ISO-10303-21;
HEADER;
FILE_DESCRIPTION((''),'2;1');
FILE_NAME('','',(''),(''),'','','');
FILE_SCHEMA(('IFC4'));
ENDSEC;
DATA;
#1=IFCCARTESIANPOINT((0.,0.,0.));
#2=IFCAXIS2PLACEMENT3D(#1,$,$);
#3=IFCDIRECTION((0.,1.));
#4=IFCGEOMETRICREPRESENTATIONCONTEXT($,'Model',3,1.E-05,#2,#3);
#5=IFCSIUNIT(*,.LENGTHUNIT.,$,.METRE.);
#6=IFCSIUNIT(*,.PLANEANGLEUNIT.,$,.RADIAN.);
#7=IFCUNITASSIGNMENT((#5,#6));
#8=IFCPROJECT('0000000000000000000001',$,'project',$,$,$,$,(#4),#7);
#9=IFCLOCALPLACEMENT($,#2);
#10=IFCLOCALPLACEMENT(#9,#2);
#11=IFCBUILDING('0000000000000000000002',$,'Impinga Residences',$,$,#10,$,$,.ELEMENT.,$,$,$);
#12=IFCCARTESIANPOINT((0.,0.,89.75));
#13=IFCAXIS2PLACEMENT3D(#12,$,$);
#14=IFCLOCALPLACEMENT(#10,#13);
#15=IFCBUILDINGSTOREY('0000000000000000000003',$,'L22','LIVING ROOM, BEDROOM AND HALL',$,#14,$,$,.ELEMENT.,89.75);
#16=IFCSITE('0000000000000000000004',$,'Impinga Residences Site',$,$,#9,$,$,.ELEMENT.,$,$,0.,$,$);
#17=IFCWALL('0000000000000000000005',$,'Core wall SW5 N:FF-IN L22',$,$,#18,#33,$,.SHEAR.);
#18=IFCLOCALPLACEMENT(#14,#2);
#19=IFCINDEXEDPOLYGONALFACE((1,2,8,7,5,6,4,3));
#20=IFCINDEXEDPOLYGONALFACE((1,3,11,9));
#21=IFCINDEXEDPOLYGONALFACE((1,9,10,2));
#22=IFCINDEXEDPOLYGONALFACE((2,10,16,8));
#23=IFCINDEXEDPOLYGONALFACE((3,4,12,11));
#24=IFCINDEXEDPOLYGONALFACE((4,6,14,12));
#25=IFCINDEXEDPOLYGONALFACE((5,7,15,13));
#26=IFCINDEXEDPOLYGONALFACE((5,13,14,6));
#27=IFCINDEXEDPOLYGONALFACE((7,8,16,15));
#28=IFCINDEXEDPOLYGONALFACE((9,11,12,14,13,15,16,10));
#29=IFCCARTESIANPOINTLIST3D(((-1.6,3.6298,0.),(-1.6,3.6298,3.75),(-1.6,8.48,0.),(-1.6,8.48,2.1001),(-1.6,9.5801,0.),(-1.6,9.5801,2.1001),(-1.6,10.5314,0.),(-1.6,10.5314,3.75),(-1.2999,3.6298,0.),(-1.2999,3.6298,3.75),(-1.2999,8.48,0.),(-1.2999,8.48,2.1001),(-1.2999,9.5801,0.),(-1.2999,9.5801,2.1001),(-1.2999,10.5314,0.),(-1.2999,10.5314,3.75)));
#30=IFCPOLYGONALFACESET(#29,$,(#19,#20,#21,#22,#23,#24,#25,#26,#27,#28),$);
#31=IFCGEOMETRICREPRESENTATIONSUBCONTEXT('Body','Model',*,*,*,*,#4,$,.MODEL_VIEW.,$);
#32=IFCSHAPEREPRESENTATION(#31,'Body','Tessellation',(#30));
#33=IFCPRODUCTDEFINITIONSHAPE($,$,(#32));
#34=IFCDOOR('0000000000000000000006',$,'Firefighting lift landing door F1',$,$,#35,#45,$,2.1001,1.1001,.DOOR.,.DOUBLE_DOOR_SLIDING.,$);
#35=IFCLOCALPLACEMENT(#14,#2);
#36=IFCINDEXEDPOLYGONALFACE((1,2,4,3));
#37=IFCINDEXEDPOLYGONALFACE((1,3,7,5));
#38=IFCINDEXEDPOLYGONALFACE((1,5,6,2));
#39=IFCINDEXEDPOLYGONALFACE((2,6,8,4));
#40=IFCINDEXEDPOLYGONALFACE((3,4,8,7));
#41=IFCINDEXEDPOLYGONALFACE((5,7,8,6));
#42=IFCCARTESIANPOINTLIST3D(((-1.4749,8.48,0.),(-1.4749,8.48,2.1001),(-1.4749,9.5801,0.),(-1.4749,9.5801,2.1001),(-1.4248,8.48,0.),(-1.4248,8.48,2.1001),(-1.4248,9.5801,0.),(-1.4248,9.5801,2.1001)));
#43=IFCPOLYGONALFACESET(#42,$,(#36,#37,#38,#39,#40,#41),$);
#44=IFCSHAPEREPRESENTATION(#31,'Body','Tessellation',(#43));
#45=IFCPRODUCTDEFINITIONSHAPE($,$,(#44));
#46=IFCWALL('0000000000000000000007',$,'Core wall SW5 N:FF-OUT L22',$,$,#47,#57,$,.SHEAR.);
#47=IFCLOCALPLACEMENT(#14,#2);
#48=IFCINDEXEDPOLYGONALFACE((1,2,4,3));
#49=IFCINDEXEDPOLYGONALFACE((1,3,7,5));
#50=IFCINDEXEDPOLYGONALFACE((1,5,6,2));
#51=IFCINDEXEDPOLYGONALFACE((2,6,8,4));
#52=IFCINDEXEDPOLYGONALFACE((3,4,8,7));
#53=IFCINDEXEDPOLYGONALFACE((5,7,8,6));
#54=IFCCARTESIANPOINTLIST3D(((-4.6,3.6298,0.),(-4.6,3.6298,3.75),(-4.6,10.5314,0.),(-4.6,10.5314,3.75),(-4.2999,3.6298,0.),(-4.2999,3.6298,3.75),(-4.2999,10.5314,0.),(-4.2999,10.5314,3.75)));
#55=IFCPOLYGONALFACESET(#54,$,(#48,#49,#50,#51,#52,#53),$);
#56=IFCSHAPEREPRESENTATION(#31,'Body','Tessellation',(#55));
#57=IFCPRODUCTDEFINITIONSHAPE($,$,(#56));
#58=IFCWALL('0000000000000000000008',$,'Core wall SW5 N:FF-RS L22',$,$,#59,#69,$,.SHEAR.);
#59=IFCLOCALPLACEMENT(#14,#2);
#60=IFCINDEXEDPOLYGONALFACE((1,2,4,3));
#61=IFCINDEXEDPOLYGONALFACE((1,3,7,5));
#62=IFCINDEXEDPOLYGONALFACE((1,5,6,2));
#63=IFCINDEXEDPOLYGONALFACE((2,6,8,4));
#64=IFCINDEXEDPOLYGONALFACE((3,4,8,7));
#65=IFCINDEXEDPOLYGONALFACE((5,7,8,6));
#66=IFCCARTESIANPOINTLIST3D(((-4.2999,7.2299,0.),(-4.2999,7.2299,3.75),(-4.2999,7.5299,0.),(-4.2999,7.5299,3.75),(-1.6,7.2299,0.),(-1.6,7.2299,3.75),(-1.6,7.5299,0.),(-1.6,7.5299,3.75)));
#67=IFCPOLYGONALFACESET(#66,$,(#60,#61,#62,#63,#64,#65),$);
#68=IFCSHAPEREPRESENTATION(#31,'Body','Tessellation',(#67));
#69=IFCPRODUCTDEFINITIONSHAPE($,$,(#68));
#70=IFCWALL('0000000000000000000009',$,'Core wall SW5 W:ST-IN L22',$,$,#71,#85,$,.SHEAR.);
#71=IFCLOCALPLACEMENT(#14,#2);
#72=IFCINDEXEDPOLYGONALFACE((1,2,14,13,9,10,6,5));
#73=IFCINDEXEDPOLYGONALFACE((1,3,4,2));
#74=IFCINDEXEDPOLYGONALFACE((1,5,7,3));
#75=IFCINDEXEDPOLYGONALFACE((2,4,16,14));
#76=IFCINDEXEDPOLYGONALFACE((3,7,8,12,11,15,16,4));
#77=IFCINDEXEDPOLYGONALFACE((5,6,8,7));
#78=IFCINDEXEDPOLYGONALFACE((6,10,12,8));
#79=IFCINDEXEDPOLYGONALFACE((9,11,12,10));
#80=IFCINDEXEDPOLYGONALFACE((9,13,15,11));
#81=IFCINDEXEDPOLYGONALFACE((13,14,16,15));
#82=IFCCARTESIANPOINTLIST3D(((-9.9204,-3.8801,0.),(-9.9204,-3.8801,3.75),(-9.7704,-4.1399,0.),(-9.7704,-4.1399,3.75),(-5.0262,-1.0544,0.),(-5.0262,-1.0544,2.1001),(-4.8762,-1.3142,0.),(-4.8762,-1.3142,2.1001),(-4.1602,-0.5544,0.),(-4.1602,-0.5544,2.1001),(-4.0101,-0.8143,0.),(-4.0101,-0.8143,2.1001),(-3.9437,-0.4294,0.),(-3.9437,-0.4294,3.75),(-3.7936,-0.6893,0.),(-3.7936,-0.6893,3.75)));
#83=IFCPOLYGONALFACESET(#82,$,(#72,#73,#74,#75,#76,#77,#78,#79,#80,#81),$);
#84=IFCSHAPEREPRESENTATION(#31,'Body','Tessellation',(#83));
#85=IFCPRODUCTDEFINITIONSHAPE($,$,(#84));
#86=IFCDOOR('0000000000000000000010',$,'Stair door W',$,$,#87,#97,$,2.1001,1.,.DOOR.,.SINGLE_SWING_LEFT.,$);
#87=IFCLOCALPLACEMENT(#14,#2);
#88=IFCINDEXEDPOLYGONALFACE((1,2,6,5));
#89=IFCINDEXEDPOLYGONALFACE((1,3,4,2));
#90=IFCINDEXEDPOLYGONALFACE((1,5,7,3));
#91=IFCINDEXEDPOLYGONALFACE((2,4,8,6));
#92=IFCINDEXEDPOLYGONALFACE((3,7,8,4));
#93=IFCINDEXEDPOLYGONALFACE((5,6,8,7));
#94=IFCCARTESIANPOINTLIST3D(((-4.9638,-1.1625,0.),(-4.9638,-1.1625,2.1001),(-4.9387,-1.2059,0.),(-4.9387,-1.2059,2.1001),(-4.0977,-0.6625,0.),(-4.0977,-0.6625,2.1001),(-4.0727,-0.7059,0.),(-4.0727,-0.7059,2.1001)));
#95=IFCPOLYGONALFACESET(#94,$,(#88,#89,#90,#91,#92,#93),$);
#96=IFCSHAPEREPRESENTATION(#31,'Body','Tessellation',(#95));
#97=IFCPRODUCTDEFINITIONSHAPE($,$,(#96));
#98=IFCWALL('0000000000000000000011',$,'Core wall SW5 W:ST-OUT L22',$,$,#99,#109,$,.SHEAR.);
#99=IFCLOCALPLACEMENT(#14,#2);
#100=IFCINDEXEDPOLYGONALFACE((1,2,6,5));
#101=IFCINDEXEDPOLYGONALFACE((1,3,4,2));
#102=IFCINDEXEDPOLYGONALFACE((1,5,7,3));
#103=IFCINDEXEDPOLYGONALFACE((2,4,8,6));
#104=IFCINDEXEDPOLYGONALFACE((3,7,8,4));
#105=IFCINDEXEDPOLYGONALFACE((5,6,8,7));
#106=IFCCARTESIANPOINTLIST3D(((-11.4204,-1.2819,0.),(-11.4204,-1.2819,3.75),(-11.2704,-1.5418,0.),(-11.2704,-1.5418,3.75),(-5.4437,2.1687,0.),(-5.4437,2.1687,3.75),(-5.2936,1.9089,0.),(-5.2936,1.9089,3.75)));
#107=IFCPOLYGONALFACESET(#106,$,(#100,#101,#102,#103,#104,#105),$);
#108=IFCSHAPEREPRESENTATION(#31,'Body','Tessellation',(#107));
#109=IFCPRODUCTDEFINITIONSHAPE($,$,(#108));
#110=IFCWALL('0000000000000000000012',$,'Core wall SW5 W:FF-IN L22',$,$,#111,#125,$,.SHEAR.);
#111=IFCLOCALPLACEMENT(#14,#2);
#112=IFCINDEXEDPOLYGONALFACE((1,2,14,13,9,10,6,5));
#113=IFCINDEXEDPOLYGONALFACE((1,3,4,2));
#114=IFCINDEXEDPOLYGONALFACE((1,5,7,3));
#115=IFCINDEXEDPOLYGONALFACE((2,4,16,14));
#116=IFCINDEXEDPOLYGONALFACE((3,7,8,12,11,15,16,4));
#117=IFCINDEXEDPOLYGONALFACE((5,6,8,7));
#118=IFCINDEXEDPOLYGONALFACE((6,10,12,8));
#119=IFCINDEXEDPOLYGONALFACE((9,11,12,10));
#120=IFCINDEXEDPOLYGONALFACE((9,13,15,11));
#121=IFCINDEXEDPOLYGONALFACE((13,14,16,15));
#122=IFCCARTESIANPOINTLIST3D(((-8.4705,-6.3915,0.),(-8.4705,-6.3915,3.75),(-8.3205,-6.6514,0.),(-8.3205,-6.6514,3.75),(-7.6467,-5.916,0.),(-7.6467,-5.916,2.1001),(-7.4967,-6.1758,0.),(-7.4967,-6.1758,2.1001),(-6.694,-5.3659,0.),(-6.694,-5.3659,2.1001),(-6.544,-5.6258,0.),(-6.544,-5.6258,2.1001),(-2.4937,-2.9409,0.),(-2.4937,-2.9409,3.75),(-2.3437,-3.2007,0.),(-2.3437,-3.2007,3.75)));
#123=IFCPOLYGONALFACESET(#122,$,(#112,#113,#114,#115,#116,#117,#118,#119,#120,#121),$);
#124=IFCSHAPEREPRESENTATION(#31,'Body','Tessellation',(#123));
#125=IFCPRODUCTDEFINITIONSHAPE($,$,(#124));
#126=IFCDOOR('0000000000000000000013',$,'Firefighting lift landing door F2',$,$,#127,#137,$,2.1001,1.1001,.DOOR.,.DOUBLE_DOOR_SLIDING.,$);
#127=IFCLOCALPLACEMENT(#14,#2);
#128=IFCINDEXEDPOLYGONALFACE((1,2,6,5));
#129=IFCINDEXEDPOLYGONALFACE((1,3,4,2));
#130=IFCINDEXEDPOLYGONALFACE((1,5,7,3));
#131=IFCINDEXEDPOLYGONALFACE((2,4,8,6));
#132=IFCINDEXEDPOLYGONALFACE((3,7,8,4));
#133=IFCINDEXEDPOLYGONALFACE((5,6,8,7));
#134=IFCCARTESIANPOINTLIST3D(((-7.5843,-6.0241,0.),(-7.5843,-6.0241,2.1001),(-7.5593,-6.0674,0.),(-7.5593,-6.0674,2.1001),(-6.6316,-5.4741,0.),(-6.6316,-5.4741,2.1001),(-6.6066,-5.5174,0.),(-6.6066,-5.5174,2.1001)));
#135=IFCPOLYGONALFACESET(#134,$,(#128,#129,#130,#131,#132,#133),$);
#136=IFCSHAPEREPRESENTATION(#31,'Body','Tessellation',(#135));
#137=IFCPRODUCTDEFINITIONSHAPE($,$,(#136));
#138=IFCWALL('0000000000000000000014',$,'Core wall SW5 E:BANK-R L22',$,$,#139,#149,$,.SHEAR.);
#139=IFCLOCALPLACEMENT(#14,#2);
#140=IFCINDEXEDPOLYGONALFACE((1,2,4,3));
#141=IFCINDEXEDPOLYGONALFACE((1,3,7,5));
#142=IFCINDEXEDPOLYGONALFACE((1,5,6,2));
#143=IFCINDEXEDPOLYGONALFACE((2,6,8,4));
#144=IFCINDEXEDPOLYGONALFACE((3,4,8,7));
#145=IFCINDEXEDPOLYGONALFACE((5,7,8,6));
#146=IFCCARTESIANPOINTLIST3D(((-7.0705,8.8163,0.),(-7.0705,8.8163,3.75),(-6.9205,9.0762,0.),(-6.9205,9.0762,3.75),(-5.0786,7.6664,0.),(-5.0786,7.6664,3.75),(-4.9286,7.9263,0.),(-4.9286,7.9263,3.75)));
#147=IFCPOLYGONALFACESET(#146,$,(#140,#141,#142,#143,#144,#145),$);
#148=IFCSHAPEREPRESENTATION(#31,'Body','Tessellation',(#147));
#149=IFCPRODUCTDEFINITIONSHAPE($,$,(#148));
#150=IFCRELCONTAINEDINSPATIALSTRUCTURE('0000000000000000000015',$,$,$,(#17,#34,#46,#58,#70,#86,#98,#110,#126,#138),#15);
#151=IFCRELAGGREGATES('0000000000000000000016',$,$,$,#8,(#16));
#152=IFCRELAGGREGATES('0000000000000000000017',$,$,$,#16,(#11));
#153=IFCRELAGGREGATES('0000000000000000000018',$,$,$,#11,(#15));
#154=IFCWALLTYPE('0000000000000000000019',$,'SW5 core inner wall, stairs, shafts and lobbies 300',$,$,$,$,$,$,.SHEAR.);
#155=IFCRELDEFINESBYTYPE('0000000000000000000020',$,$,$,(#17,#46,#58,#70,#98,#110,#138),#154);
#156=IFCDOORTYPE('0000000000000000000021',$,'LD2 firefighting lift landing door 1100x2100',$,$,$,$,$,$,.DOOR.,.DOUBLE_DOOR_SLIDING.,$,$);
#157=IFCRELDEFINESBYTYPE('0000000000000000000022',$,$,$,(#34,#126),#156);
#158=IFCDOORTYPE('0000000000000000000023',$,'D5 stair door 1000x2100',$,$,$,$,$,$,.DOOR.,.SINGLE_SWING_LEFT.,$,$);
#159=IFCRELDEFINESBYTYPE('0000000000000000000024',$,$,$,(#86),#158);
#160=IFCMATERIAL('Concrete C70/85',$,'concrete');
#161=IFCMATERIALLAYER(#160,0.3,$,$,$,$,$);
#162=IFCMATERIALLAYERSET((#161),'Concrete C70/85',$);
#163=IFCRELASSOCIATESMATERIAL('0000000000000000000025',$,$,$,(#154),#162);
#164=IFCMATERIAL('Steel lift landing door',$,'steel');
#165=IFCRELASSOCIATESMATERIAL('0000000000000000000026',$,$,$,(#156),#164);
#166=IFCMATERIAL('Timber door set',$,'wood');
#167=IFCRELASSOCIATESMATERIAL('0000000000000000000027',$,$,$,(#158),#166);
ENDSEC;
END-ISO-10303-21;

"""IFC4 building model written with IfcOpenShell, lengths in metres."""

from ifc_helpers import new_model, si_unit, direction, frame, frame_2d, origin, place, context, subcontext, project, spatial, rectangle, extrude, material, layer, layer_set, type_object, element, fill, save


model = new_model("IFC4")

# Units and contexts
model_context = context("Model", 3, precision=1e-05, world=origin(), true_north=direction((0.0, 1.0)))
body_context = subcontext(model_context, "Body", "Model", "MODEL_VIEW")
ifc_project = project(units=[si_unit("LENGTHUNIT", "METRE"), si_unit("PLANEANGLEUNIT", "RADIAN")], contexts=[model_context])

# Site, building, storey
site_placement = place(None, origin())
site = spatial("IfcSite", under=ifc_project, at=site_placement, Name="Impinga Residences Site", CompositionType="ELEMENT", RefElevation=0.0)
building_placement = place(site_placement, origin())
building = spatial("IfcBuilding", under=site, at=building_placement, Name="Impinga Residences", CompositionType="ELEMENT")
storey_placement = place(building_placement, frame((0.0, 0.0, 89.75)))
storey = spatial("IfcBuildingStorey", under=building, at=storey_placement, Name="L22", Description="LIVING ROOM, BEDROOM AND HALL", CompositionType="ELEMENT", Elevation=89.75)

# Shared definitions
ifc_material_1 = material(Name="Concrete C70/85", Category="concrete")

# Shared definitions
ifc_layer_1 = layer(ifc_material_1, 0.3)
ifc_layer_set_1 = layer_set([ifc_layer_1], Name="Concrete C70/85")
wall_type_1 = type_object("IfcWallType", Name="SW5 core inner wall, stairs, shafts and lobbies 300", PredefinedType="SHEAR", material=ifc_layer_set_1)
ifc_material_2 = material(Name="Timber door set", Category="wood")

# Wall, opening, door
wall_1_placement = place(storey_placement, frame((-1.45, 3.6299, 0.0), z_axis=(0.0, 0.0, 1.0), x_axis=(0.0, 1.0, 0.0)))
wall_1 = element("IfcWall", 1, at=wall_1_placement, inside=storey, type_object=wall_type_1, Name="Core wall SW5 N:FF-IN L22", PredefinedType="SHEAR", context=body_context, shape_type="SweptSolid", body=[
    extrude(rectangle(XDim=6.9016, YDim=0.3, at=frame_2d((3.4507, 0.0))), origin(), (0.0, 0.0, 1.0), 3.75),
])
opening_1_placement = place(wall_1_placement, frame((4.8501, 0.0, 0.0)))
opening_1 = element("IfcOpeningElement", 2, at=opening_1_placement, cuts=wall_1, PredefinedType="OPENING", context=body_context, shape_type="SweptSolid", body=[
    extrude(rectangle(XDim=1.1001, YDim=2.1001, at=frame_2d((0.55, 1.05))), frame((0.0, 0.1599, 0.0), z_axis=(0.0, -1.0, 0.0), x_axis=(1.0, 0.0, 0.0)), (0.0, 0.0, 1.0), 0.3201),
])
ifc_material_3 = material(Name="Steel lift landing door", Category="steel")
door_type_1 = type_object("IfcDoorType", Name="LD2 firefighting lift landing door 1100x2100", OperationType="DOUBLE_DOOR_SLIDING", PredefinedType="DOOR", material=ifc_material_3)
door_1_placement = place(opening_1_placement, origin())
door_1 = element("IfcDoor", 3, at=door_1_placement, inside=storey, type_object=door_type_1, Name="Firefighting lift landing door F1", OperationType="DOUBLE_DOOR_SLIDING", OverallHeight=2.1001, OverallWidth=1.1001, PredefinedType="DOOR", context=body_context, shape_type="SweptSolid", body=[
    extrude(rectangle(XDim=1.1001, YDim=2.1001, at=frame_2d((0.55, 1.05))), frame((0.0, 0.0249, 0.0), z_axis=(0.0, -1.0, 0.0), x_axis=(1.0, 0.0, 0.0)), (0.0, 0.0, 1.0), 0.05),
])
fill(opening_1, door_1)

# Walls
wall_2_placement = place(storey_placement, frame((-4.45, 3.6299, 0.0), z_axis=(0.0, 0.0, 1.0), x_axis=(0.0, 1.0, 0.0)))
element("IfcWall", 4, at=wall_2_placement, inside=storey, type_object=wall_type_1, Name="Core wall SW5 N:FF-OUT L22", PredefinedType="SHEAR", context=body_context, shape_type="SweptSolid", body=[
    extrude(rectangle(XDim=6.9016, YDim=0.3, at=frame_2d((3.4507, 0.0))), origin(), (0.0, 0.0, 1.0), 3.75),
])
wall_3_placement = place(storey_placement, frame((-4.3, 7.3799, 0.0), z_axis=(0.0, 0.0, 1.0), x_axis=(1.0, 0.0, 0.0)))
element("IfcWall", 5, at=wall_3_placement, inside=storey, type_object=wall_type_1, Name="Core wall SW5 N:FF-RS L22", PredefinedType="SHEAR", context=body_context, shape_type="SweptSolid", body=[
    extrude(rectangle(XDim=2.7, YDim=0.3, at=frame_2d((1.3501, 0.0))), origin(), (0.0, 0.0, 1.0), 3.75),
])

# Wall, opening, door
wall_4_placement = place(storey_placement, frame((-3.8687, -0.5593, 0.0), z_axis=(0.0, 0.0, 1.0), x_axis=(-0.866027, -0.499997, 0.0)))
wall_4 = element("IfcWall", 6, at=wall_4_placement, inside=storey, type_object=wall_type_1, Name="Core wall SW5 W:ST-IN L22", PredefinedType="SHEAR", context=body_context, shape_type="SweptSolid", body=[
    extrude(rectangle(XDim=6.9014, YDim=0.3, at=frame_2d((3.4507, 0.0))), origin(), (0.0, 0.0, 1.0), 3.75),
])
opening_2_placement = place(wall_4_placement, frame((0.25, 0.0, 0.0)))
opening_2 = element("IfcOpeningElement", 7, at=opening_2_placement, cuts=wall_4, PredefinedType="OPENING", context=body_context, shape_type="SweptSolid", body=[
    extrude(rectangle(XDim=1.0, YDim=2.1001, at=frame_2d((0.5, 1.05))), frame((0.0, 0.1599, 0.0), z_axis=(0.0, -1.0, 0.0), x_axis=(1.0, 0.0, 0.0)), (0.0, 0.0, 1.0), 0.3201),
])
door_type_2 = type_object("IfcDoorType", Name="D5 stair door 1000x2100", OperationType="SINGLE_SWING_LEFT", PredefinedType="DOOR", material=ifc_material_2)
door_2_placement = place(opening_2_placement, origin())
door_2 = element("IfcDoor", 8, at=door_2_placement, inside=storey, type_object=door_type_2, Name="Stair door W", OperationType="SINGLE_SWING_LEFT", OverallHeight=2.1001, OverallWidth=1.0, PredefinedType="DOOR", context=body_context, shape_type="SweptSolid", body=[
    extrude(rectangle(XDim=1.0, YDim=2.1001, at=frame_2d((0.5, 1.05))), frame((0.0, 0.0249, 0.0), z_axis=(0.0, -1.0, 0.0), x_axis=(1.0, 0.0, 0.0)), (0.0, 0.0, 1.0), 0.05),
])
fill(opening_2, door_2)

# Wall
wall_5_placement = place(storey_placement, frame((-5.3687, 2.0388, 0.0), z_axis=(0.0, 0.0, 1.0), x_axis=(-0.866027, -0.499997, 0.0)))
element("IfcWall", 9, at=wall_5_placement, inside=storey, type_object=wall_type_1, Name="Core wall SW5 W:ST-OUT L22", PredefinedType="SHEAR", context=body_context, shape_type="SweptSolid", body=[
    extrude(rectangle(XDim=6.9014, YDim=0.3, at=frame_2d((3.4507, 0.0))), origin(), (0.0, 0.0, 1.0), 3.75),
])

# Wall, opening, door
wall_6_placement = place(storey_placement, frame((-2.4187, -3.0708, 0.0), z_axis=(0.0, 0.0, 1.0), x_axis=(-0.866027, -0.499997, 0.0)))
wall_6 = element("IfcWall", 10, at=wall_6_placement, inside=storey, type_object=wall_type_1, Name="Core wall SW5 W:FF-IN L22", PredefinedType="SHEAR", context=body_context, shape_type="SweptSolid", body=[
    extrude(rectangle(XDim=6.9014, YDim=0.3, at=frame_2d((3.4507, 0.0))), origin(), (0.0, 0.0, 1.0), 3.75),
])
opening_3_placement = place(wall_6_placement, frame((4.8501, 0.0, 0.0)))
opening_3 = element("IfcOpeningElement", 11, at=opening_3_placement, cuts=wall_6, PredefinedType="OPENING", context=body_context, shape_type="SweptSolid", body=[
    extrude(rectangle(XDim=1.1001, YDim=2.1001, at=frame_2d((0.55, 1.05))), frame((0.0, 0.1599, 0.0), z_axis=(0.0, -1.0, 0.0), x_axis=(1.0, 0.0, 0.0)), (0.0, 0.0, 1.0), 0.3201),
])
door_3_placement = place(opening_3_placement, origin())
door_3 = element("IfcDoor", 12, at=door_3_placement, inside=storey, type_object=door_type_1, Name="Firefighting lift landing door F2", OperationType="DOUBLE_DOOR_SLIDING", OverallHeight=2.1001, OverallWidth=1.1001, PredefinedType="DOOR", context=body_context, shape_type="SweptSolid", body=[
    extrude(rectangle(XDim=1.1001, YDim=2.1001, at=frame_2d((0.55, 1.05))), frame((0.0, 0.0249, 0.0), z_axis=(0.0, -1.0, 0.0), x_axis=(1.0, 0.0, 0.0)), (0.0, 0.0, 1.0), 0.05),
])
fill(opening_3, door_3)

# Wall
wall_7_placement = place(storey_placement, frame((-5.0037, 7.7964, 0.0), z_axis=(0.0, 0.0, 1.0), x_axis=(-0.866053, 0.499952, 0.0)))
element("IfcWall", 13, at=wall_7_placement, inside=storey, type_object=wall_type_1, Name="Core wall SW5 E:BANK-R L22", PredefinedType="SHEAR", context=body_context, shape_type="SweptSolid", body=[
    extrude(rectangle(XDim=2.3, YDim=0.3, at=frame_2d((1.1499, 0.0))), origin(), (0.0, 0.0, 1.0), 3.75),
])

save(model, "model.ifc")
